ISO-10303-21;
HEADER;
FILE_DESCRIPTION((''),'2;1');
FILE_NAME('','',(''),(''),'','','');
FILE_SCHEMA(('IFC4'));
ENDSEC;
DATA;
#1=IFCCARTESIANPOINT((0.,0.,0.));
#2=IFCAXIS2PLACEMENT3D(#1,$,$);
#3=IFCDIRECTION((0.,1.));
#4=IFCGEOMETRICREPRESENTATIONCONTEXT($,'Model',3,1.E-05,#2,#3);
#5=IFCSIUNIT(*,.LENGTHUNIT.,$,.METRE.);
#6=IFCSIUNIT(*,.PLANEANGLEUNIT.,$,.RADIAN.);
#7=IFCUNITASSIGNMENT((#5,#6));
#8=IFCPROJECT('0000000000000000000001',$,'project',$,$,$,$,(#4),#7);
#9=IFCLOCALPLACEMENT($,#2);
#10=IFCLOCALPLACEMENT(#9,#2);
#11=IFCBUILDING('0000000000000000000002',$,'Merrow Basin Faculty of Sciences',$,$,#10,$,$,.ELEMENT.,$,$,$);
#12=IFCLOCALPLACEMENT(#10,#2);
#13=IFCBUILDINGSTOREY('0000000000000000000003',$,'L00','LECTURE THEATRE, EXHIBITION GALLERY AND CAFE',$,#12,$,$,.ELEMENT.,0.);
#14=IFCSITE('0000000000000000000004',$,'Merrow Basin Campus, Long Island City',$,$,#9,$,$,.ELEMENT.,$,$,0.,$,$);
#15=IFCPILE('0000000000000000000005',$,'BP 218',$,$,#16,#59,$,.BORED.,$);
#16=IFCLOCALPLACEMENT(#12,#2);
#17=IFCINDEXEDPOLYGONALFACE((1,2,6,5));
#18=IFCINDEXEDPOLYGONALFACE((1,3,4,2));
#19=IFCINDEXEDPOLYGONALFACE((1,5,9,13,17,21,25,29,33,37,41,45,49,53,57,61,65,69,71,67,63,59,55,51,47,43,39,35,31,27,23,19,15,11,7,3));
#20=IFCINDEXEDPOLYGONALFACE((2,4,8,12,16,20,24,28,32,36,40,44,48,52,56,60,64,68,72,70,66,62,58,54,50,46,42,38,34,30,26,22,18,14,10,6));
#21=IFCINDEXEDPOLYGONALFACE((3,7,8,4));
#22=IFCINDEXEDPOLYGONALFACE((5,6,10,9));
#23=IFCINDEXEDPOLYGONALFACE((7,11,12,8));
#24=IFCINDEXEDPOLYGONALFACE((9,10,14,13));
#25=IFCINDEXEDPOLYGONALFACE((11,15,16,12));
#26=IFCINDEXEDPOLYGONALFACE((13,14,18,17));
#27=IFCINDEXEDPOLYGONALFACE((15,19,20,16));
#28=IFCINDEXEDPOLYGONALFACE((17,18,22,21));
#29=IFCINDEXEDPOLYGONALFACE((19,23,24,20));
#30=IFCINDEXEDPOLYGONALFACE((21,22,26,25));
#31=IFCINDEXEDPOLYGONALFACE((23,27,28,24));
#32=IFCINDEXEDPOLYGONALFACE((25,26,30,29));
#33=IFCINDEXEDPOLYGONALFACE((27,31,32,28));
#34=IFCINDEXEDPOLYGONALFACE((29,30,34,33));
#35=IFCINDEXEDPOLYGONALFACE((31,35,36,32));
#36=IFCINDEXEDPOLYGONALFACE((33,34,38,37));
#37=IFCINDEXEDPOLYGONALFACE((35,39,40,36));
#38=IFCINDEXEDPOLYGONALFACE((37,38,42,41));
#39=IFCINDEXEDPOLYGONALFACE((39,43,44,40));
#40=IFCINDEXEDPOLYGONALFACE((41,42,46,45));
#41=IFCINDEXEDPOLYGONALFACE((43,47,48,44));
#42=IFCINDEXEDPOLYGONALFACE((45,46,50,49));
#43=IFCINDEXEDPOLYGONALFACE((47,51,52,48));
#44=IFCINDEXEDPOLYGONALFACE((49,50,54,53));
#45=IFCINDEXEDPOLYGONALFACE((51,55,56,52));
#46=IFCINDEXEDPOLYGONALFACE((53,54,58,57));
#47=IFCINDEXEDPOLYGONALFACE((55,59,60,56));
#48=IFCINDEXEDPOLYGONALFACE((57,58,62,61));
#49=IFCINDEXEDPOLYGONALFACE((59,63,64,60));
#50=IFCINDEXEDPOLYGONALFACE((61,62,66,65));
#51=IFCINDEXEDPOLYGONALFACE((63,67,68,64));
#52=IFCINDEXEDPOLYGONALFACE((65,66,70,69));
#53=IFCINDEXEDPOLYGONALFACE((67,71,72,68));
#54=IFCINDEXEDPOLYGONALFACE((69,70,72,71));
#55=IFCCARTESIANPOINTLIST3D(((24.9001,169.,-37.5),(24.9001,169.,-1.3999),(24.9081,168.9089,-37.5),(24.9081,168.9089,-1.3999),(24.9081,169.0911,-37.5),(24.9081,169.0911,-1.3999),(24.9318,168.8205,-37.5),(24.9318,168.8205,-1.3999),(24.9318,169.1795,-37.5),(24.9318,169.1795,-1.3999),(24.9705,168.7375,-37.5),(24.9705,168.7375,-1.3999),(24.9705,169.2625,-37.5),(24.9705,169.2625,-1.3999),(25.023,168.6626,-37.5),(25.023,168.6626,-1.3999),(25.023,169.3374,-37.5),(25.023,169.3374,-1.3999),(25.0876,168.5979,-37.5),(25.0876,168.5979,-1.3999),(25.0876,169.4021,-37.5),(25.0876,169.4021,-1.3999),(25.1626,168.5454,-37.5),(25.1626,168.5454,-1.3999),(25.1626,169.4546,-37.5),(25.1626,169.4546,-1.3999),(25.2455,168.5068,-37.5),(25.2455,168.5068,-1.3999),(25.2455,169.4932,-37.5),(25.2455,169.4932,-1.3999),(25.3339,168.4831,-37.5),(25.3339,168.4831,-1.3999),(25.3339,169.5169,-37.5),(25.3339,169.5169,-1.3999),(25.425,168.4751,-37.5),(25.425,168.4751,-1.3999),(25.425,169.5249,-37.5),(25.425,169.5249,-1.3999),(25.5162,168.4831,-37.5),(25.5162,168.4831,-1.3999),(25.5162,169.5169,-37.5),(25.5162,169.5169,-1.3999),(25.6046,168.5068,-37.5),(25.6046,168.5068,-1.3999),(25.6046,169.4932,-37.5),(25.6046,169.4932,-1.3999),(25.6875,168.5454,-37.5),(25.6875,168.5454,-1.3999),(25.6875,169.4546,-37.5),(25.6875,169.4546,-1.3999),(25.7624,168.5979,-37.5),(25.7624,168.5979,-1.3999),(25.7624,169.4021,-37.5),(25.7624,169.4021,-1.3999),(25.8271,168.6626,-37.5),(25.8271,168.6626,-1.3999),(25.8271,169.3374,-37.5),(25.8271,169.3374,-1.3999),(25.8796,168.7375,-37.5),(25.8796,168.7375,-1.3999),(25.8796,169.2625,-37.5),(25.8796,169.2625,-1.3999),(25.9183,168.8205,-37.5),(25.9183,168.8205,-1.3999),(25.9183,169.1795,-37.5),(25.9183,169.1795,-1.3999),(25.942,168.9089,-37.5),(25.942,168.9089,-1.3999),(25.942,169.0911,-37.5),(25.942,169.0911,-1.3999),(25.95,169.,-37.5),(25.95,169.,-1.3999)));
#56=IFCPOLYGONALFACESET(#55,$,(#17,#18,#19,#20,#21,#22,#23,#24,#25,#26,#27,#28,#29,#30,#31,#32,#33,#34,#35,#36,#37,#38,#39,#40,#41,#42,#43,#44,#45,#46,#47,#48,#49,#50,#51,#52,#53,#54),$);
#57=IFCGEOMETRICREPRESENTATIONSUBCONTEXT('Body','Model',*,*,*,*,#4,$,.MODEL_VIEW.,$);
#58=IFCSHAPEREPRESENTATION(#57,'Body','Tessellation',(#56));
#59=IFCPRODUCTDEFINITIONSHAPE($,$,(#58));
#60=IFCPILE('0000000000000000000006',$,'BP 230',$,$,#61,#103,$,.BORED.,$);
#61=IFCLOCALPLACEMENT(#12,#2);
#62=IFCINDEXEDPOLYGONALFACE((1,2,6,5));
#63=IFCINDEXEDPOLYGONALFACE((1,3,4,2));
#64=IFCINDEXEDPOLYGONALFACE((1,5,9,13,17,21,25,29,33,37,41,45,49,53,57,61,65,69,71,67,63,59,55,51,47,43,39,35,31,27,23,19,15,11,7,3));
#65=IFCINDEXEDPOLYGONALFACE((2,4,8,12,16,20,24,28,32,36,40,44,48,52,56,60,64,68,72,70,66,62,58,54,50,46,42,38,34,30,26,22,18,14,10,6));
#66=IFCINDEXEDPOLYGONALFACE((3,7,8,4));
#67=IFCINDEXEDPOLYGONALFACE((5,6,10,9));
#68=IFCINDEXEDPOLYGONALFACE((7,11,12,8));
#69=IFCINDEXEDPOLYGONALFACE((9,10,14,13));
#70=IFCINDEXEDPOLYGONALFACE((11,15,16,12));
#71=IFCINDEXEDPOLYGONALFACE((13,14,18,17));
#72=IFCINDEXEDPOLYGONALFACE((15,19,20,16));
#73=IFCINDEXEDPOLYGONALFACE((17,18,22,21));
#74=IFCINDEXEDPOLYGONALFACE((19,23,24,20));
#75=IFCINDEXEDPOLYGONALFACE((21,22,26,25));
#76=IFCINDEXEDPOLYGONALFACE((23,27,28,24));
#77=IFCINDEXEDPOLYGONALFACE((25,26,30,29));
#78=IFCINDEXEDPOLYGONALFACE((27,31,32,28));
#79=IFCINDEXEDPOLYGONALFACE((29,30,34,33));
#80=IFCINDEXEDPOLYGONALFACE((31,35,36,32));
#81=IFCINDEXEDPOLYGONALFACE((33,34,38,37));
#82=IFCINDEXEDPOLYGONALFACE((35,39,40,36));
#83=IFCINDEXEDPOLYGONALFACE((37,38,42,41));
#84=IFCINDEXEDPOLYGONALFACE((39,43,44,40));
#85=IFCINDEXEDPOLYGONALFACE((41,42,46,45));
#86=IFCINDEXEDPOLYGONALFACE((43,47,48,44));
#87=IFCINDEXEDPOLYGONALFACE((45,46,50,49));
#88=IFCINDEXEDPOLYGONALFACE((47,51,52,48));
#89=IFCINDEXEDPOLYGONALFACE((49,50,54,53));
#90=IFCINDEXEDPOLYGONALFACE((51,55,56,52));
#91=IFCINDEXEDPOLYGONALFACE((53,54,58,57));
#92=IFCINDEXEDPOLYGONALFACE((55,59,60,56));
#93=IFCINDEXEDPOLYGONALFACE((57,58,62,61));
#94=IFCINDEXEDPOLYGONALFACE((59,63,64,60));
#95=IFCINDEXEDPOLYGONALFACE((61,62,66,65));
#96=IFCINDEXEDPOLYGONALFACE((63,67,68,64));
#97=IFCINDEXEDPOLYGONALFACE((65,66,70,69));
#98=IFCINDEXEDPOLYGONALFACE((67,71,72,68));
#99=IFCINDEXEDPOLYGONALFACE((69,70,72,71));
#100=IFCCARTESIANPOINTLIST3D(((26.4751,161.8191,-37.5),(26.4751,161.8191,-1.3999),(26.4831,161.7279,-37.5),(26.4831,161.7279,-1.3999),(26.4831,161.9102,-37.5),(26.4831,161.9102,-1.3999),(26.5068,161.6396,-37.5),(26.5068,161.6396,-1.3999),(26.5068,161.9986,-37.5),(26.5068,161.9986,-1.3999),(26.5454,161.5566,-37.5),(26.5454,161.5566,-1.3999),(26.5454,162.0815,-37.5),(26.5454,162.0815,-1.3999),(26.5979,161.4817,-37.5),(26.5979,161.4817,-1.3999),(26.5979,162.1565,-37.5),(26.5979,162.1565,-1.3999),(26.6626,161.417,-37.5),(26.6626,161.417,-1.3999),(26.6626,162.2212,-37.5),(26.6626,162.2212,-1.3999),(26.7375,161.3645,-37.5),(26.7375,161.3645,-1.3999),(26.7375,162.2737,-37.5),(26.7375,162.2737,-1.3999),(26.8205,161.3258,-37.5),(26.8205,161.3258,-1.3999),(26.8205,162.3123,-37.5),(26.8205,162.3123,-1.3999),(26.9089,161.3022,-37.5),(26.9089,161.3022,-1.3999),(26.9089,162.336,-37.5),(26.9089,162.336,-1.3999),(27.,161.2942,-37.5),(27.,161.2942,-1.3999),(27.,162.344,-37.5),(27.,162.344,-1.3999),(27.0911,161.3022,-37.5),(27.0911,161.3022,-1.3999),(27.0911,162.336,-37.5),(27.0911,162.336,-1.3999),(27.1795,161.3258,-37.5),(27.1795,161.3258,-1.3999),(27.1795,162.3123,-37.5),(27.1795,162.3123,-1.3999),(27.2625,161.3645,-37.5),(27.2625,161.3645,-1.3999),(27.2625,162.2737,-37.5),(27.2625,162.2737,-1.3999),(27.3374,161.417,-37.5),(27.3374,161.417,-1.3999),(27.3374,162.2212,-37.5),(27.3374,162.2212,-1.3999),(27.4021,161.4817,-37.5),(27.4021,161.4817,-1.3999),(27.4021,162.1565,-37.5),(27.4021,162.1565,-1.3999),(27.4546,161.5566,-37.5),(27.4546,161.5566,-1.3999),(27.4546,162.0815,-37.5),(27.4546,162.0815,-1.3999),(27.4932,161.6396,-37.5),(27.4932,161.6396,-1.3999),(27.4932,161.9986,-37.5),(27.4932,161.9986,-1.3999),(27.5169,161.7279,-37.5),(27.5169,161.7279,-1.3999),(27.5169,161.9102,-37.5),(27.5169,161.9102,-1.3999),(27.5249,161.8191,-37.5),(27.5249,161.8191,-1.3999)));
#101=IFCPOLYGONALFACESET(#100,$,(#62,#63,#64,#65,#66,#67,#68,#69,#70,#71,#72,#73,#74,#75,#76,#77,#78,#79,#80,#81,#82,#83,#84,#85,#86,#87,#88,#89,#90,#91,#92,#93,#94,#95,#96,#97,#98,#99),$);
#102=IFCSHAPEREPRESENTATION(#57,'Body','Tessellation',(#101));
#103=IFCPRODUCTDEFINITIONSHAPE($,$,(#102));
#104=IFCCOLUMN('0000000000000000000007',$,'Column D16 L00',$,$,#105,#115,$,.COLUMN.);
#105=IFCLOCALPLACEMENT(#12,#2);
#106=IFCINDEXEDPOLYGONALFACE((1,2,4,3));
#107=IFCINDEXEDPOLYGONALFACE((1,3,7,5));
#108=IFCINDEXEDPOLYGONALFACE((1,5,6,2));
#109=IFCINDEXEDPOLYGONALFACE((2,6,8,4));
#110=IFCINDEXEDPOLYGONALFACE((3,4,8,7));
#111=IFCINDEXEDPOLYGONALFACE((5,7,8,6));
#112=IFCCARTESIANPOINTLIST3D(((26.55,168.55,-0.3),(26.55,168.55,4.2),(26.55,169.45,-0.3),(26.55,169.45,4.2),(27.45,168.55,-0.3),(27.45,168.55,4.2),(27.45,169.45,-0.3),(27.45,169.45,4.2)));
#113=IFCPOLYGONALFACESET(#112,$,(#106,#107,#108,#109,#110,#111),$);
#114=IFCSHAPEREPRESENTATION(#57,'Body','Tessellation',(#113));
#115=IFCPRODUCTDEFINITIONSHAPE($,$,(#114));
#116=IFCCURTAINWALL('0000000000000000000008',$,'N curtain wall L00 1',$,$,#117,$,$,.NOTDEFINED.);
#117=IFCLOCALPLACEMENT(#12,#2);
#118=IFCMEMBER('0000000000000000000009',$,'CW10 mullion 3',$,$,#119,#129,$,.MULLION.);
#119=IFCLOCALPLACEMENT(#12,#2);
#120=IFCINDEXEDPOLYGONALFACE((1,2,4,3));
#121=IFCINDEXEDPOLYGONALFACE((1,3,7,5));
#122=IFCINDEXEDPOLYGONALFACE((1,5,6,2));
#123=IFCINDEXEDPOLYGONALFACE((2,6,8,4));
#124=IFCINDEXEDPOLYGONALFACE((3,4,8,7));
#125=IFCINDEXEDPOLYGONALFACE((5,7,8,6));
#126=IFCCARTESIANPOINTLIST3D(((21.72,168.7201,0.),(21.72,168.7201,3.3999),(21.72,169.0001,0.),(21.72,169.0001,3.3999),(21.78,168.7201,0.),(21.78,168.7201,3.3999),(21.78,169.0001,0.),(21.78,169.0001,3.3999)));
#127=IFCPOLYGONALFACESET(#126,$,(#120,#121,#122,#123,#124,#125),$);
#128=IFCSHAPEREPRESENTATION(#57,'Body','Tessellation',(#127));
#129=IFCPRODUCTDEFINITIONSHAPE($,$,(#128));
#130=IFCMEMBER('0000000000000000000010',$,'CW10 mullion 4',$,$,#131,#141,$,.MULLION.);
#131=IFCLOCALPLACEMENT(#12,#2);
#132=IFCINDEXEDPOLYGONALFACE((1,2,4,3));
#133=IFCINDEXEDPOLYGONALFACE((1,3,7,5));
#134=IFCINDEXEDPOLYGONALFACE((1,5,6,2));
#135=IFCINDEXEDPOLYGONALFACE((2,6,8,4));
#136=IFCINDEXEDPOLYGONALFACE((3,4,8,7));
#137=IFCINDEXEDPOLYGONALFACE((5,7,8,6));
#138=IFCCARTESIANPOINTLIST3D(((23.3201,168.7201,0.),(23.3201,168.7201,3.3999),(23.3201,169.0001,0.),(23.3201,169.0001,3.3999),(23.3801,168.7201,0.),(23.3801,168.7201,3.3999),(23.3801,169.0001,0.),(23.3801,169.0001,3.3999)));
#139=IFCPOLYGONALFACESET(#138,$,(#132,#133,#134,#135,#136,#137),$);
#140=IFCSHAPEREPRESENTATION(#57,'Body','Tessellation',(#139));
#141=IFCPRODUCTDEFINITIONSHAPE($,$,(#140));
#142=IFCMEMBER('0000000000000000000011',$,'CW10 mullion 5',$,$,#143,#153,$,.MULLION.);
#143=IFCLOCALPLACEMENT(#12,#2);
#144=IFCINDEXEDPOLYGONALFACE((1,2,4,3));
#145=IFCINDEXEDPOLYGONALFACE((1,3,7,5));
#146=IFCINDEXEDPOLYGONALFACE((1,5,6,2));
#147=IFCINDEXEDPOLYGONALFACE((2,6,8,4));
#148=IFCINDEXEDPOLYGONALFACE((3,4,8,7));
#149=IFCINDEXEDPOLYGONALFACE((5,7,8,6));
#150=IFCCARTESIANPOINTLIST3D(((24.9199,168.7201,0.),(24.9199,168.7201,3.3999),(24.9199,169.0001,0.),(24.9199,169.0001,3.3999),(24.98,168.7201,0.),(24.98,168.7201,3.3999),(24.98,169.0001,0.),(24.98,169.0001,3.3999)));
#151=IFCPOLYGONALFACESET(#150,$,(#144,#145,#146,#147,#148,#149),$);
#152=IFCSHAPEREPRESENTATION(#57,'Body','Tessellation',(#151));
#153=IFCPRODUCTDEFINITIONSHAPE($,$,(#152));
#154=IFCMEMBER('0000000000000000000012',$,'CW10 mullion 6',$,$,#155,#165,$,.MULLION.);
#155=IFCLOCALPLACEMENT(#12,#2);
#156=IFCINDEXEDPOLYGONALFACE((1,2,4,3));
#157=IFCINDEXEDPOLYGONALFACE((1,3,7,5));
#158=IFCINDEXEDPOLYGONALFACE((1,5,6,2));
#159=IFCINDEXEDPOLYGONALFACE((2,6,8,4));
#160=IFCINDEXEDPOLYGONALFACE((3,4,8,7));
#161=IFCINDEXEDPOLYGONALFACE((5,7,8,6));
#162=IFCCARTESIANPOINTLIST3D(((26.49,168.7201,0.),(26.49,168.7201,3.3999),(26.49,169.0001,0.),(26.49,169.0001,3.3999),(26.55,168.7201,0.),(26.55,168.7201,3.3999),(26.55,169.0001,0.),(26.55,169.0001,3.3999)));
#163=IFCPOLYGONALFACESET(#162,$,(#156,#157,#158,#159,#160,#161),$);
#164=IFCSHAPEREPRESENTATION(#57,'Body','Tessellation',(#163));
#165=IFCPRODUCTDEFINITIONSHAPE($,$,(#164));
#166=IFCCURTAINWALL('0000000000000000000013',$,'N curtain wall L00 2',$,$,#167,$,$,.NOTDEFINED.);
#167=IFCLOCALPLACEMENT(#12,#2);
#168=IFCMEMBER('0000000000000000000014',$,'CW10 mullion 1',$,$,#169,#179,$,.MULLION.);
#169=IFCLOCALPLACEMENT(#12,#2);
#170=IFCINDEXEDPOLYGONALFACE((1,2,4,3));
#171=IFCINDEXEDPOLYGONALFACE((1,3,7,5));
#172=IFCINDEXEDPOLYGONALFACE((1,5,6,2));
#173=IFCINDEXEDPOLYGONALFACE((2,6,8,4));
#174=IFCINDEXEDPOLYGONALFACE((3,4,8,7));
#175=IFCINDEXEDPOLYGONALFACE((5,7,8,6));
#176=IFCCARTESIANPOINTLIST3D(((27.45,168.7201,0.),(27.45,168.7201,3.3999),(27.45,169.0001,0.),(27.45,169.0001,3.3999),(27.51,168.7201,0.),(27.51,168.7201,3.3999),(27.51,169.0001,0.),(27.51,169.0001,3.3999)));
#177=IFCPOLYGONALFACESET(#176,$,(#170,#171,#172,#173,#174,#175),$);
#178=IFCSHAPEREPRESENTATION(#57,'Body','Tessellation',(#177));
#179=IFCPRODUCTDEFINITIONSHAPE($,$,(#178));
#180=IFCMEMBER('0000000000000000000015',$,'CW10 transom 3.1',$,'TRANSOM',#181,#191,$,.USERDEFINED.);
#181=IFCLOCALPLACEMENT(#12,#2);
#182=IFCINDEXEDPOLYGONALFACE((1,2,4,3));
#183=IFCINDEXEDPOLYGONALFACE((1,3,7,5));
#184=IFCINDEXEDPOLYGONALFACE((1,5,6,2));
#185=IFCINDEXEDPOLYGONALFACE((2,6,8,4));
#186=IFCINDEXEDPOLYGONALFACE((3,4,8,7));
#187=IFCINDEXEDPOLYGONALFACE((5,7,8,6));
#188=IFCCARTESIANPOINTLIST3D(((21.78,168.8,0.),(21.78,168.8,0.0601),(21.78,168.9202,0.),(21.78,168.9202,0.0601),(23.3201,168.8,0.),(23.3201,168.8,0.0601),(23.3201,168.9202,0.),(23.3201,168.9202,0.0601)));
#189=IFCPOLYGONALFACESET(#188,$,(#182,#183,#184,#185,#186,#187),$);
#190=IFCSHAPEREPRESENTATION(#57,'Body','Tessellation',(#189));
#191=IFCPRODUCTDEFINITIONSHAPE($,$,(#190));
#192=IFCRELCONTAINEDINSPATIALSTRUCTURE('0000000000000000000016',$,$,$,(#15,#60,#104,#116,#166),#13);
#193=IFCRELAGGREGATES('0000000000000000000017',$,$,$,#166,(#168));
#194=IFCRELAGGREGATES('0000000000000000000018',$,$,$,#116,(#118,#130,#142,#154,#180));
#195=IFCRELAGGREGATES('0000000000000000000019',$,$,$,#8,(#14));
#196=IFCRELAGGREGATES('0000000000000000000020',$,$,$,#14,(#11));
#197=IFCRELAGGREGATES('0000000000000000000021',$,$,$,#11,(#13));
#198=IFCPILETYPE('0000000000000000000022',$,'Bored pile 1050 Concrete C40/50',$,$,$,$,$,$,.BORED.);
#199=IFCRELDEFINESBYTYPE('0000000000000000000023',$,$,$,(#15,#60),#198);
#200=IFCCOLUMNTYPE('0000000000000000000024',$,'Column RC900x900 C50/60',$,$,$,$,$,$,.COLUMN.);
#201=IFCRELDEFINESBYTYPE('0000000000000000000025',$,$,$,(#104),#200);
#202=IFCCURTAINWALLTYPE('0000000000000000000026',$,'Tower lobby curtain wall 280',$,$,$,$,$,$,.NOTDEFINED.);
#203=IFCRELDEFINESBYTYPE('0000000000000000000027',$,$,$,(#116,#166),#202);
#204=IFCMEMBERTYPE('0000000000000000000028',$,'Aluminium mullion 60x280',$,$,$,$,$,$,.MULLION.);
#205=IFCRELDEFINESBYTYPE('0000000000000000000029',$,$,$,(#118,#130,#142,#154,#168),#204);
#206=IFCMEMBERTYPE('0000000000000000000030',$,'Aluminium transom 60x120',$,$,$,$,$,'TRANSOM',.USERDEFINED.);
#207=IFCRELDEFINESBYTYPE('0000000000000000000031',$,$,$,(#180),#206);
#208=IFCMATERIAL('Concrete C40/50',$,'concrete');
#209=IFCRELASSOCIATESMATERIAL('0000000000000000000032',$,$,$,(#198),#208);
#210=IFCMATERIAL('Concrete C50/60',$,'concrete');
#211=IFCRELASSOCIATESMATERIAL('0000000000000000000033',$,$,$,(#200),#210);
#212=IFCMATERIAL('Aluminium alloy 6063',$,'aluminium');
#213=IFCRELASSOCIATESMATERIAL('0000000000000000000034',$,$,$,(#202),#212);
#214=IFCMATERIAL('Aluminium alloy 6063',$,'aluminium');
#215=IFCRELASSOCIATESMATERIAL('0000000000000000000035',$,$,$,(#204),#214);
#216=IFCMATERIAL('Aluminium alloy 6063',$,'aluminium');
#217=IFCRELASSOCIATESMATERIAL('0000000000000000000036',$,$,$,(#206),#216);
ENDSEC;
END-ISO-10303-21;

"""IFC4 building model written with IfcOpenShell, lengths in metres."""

from ifc_helpers import new_model, si_unit, direction, frame, origin, origin_2d, place, context, subcontext, project, spatial, rectangle, circle, extrude, material, material_profile, profile_set, type_object, element, aggregate, save


model = new_model("IFC4")

# Units and contexts
model_context = context("Model", 3, precision=1e-05, world=origin(), true_north=direction((0.0, 1.0)))
body_context = subcontext(model_context, "Body", "Model", "MODEL_VIEW")
ifc_project = project(units=[si_unit("LENGTHUNIT", "METRE"), si_unit("PLANEANGLEUNIT", "RADIAN")], contexts=[model_context])

# Site, building, storey
site_placement = place(None, origin())
site = spatial("IfcSite", under=ifc_project, at=site_placement, Name="Merrow Basin Campus, Long Island City", CompositionType="ELEMENT", RefElevation=0.0)
building_placement = place(site_placement, origin())
building = spatial("IfcBuilding", under=site, at=building_placement, Name="Merrow Basin Faculty of Sciences", CompositionType="ELEMENT")
storey_placement = place(building_placement, origin())
storey = spatial("IfcBuildingStorey", under=building, at=storey_placement, Name="L00", Description="LECTURE THEATRE, EXHIBITION GALLERY AND CAFE", CompositionType="ELEMENT", Elevation=0.0)

# Piles
ifc_material_1 = material(Name="Concrete C40/50", Category="concrete")
ifc_material_profile_1 = material_profile(ifc_material_1, circle(Radius=0.5249, at=origin_2d()))
ifc_profile_set_1 = profile_set([ifc_material_profile_1], Name="Concrete C40/50")
pile_type = type_object("IfcPileType", Name="Bored pile 1050 Concrete C40/50", PredefinedType="BORED", material=ifc_profile_set_1)
for number, where, z_axis, x_axis, name in (
    (1, (25.425, 169.0, -1.3999), (0.0, 0.0, -1.0), (1.0, 0.0, 0.0), "BP 218"),
    (2, (27.0, 161.8191, -1.3999), (0.0, 0.0, -1.0), (1.0, 0.0, 0.0), "BP 230"),
):
    element("IfcPile", number, at=place(storey_placement, frame(where, z_axis=z_axis, x_axis=x_axis)), inside=storey, type_object=pile_type, Name=name, PredefinedType="BORED", context=body_context, shape_type="SweptSolid", body=[
        extrude(circle(Radius=0.5249, at=origin_2d()), origin(), (0.0, 0.0, 1.0), 36.1001),
    ])

# Column
ifc_material_2 = material(Name="Concrete C50/60", Category="concrete")
ifc_material_profile_2 = material_profile(ifc_material_2, rectangle(XDim=0.8999, YDim=0.8999, at=origin_2d()))
ifc_profile_set_2 = profile_set([ifc_material_profile_2], Name="Concrete C50/60")
column_type = type_object("IfcColumnType", Name="Column RC900x900 C50/60", PredefinedType="COLUMN", material=ifc_profile_set_2)
column_placement = place(storey_placement, frame((27.0, 169.0, -0.3), z_axis=(0.0, 0.0, 1.0), x_axis=(1.0, 0.0, 0.0)))
element("IfcColumn", 3, at=column_placement, inside=storey, type_object=column_type, Name="Column D16 L00", PredefinedType="COLUMN", context=body_context, shape_type="SweptSolid", body=[
    extrude(rectangle(XDim=0.8999, YDim=0.8999, at=origin_2d()), origin(), (0.0, 0.0, 1.0), 4.5),
])

# Curtain wall, members
ifc_material_3 = material(Name="Aluminium alloy 6063", Category="aluminium")
curtain_wall_type = type_object("IfcCurtainWallType", Name="Tower lobby curtain wall 280", PredefinedType="NOTDEFINED", material=ifc_material_3)
curtain_wall_1_placement = place(storey_placement, origin())
curtain_wall_1 = element("IfcCurtainWall", 4, at=curtain_wall_1_placement, inside=storey, type_object=curtain_wall_type, Name="N curtain wall L00 1", PredefinedType="NOTDEFINED")
ifc_material_4 = material(Name="Aluminium alloy 6063", Category="aluminium")
ifc_material_profile_3 = material_profile(ifc_material_4, rectangle(XDim=0.28, YDim=0.0601, at=origin_2d()))
ifc_profile_set_3 = profile_set([ifc_material_profile_3], Name="Aluminium alloy 6063")
member_type_1 = type_object("IfcMemberType", Name="Aluminium mullion 60x280", PredefinedType="MULLION", material=ifc_profile_set_3)
member_1_placement = place(storey_placement, frame((21.75, 168.8601, 0.0), z_axis=(0.0, 0.0, 1.0), x_axis=(0.0, 1.0, 0.0)))
member_1 = element("IfcMember", 5, at=member_1_placement, type_object=member_type_1, Name="CW10 mullion 3", PredefinedType="MULLION", context=body_context, shape_type="SweptSolid", body=[
    extrude(rectangle(XDim=0.28, YDim=0.0601, at=origin_2d()), origin(), (0.0, 0.0, 1.0), 3.3999),
])
member_2_placement = place(storey_placement, frame((23.3501, 168.8601, 0.0), z_axis=(0.0, 0.0, 1.0), x_axis=(0.0, 1.0, 0.0)))
member_2 = element("IfcMember", 6, at=member_2_placement, type_object=member_type_1, Name="CW10 mullion 4", PredefinedType="MULLION", context=body_context, shape_type="SweptSolid", body=[
    extrude(rectangle(XDim=0.28, YDim=0.0601, at=origin_2d()), origin(), (0.0, 0.0, 1.0), 3.3999),
])
member_3_placement = place(storey_placement, frame((24.95, 168.8601, 0.0), z_axis=(0.0, 0.0, 1.0), x_axis=(0.0, 1.0, 0.0)))
member_3 = element("IfcMember", 7, at=member_3_placement, type_object=member_type_1, Name="CW10 mullion 5", PredefinedType="MULLION", context=body_context, shape_type="SweptSolid", body=[
    extrude(rectangle(XDim=0.28, YDim=0.0601, at=origin_2d()), origin(), (0.0, 0.0, 1.0), 3.3999),
])
member_4_placement = place(storey_placement, frame((26.52, 168.8601, 0.0), z_axis=(0.0, 0.0, 1.0), x_axis=(0.0, 1.0, 0.0)))
member_4 = element("IfcMember", 8, at=member_4_placement, type_object=member_type_1, Name="CW10 mullion 6", PredefinedType="MULLION", context=body_context, shape_type="SweptSolid", body=[
    extrude(rectangle(XDim=0.28, YDim=0.0601, at=origin_2d()), origin(), (0.0, 0.0, 1.0), 3.3999),
])

# Curtain wall, member
curtain_wall_2_placement = place(storey_placement, origin())
curtain_wall_2 = element("IfcCurtainWall", 9, at=curtain_wall_2_placement, inside=storey, type_object=curtain_wall_type, Name="N curtain wall L00 2", PredefinedType="NOTDEFINED")
member_5_placement = place(storey_placement, frame((27.48, 168.8601, 0.0), z_axis=(0.0, 0.0, 1.0), x_axis=(0.0, 1.0, 0.0)))
member_5 = element("IfcMember", 10, at=member_5_placement, type_object=member_type_1, Name="CW10 mullion 1", PredefinedType="MULLION", context=body_context, shape_type="SweptSolid", body=[
    extrude(rectangle(XDim=0.28, YDim=0.0601, at=origin_2d()), origin(), (0.0, 0.0, 1.0), 3.3999),
])
aggregate(curtain_wall_2, [member_5])

# Member
ifc_material_5 = material(Name="Aluminium alloy 6063", Category="aluminium")
ifc_material_profile_4 = material_profile(ifc_material_5, rectangle(XDim=0.1201, YDim=0.0601, at=origin_2d()))
ifc_profile_set_4 = profile_set([ifc_material_profile_4], Name="Aluminium alloy 6063")
member_type_2 = type_object("IfcMemberType", Name="Aluminium transom 60x120", ElementType="TRANSOM", PredefinedType="USERDEFINED", material=ifc_profile_set_4)
member_6_placement = place(storey_placement, frame((21.78, 168.8601, 0.03), z_axis=(1.0, 0.0, 0.0), x_axis=(0.0, 1.0, 0.0)))
member_6 = element("IfcMember", 11, at=member_6_placement, type_object=member_type_2, Name="CW10 transom 3.1", ObjectType="TRANSOM", PredefinedType="USERDEFINED", context=body_context, shape_type="SweptSolid", body=[
    extrude(rectangle(XDim=0.1201, YDim=0.0601, at=origin_2d()), origin(), (0.0, 0.0, 1.0), 1.54),
])

aggregate(curtain_wall_1, [member_1, member_2, member_3, member_4, member_6])

save(model, "model.ifc")
